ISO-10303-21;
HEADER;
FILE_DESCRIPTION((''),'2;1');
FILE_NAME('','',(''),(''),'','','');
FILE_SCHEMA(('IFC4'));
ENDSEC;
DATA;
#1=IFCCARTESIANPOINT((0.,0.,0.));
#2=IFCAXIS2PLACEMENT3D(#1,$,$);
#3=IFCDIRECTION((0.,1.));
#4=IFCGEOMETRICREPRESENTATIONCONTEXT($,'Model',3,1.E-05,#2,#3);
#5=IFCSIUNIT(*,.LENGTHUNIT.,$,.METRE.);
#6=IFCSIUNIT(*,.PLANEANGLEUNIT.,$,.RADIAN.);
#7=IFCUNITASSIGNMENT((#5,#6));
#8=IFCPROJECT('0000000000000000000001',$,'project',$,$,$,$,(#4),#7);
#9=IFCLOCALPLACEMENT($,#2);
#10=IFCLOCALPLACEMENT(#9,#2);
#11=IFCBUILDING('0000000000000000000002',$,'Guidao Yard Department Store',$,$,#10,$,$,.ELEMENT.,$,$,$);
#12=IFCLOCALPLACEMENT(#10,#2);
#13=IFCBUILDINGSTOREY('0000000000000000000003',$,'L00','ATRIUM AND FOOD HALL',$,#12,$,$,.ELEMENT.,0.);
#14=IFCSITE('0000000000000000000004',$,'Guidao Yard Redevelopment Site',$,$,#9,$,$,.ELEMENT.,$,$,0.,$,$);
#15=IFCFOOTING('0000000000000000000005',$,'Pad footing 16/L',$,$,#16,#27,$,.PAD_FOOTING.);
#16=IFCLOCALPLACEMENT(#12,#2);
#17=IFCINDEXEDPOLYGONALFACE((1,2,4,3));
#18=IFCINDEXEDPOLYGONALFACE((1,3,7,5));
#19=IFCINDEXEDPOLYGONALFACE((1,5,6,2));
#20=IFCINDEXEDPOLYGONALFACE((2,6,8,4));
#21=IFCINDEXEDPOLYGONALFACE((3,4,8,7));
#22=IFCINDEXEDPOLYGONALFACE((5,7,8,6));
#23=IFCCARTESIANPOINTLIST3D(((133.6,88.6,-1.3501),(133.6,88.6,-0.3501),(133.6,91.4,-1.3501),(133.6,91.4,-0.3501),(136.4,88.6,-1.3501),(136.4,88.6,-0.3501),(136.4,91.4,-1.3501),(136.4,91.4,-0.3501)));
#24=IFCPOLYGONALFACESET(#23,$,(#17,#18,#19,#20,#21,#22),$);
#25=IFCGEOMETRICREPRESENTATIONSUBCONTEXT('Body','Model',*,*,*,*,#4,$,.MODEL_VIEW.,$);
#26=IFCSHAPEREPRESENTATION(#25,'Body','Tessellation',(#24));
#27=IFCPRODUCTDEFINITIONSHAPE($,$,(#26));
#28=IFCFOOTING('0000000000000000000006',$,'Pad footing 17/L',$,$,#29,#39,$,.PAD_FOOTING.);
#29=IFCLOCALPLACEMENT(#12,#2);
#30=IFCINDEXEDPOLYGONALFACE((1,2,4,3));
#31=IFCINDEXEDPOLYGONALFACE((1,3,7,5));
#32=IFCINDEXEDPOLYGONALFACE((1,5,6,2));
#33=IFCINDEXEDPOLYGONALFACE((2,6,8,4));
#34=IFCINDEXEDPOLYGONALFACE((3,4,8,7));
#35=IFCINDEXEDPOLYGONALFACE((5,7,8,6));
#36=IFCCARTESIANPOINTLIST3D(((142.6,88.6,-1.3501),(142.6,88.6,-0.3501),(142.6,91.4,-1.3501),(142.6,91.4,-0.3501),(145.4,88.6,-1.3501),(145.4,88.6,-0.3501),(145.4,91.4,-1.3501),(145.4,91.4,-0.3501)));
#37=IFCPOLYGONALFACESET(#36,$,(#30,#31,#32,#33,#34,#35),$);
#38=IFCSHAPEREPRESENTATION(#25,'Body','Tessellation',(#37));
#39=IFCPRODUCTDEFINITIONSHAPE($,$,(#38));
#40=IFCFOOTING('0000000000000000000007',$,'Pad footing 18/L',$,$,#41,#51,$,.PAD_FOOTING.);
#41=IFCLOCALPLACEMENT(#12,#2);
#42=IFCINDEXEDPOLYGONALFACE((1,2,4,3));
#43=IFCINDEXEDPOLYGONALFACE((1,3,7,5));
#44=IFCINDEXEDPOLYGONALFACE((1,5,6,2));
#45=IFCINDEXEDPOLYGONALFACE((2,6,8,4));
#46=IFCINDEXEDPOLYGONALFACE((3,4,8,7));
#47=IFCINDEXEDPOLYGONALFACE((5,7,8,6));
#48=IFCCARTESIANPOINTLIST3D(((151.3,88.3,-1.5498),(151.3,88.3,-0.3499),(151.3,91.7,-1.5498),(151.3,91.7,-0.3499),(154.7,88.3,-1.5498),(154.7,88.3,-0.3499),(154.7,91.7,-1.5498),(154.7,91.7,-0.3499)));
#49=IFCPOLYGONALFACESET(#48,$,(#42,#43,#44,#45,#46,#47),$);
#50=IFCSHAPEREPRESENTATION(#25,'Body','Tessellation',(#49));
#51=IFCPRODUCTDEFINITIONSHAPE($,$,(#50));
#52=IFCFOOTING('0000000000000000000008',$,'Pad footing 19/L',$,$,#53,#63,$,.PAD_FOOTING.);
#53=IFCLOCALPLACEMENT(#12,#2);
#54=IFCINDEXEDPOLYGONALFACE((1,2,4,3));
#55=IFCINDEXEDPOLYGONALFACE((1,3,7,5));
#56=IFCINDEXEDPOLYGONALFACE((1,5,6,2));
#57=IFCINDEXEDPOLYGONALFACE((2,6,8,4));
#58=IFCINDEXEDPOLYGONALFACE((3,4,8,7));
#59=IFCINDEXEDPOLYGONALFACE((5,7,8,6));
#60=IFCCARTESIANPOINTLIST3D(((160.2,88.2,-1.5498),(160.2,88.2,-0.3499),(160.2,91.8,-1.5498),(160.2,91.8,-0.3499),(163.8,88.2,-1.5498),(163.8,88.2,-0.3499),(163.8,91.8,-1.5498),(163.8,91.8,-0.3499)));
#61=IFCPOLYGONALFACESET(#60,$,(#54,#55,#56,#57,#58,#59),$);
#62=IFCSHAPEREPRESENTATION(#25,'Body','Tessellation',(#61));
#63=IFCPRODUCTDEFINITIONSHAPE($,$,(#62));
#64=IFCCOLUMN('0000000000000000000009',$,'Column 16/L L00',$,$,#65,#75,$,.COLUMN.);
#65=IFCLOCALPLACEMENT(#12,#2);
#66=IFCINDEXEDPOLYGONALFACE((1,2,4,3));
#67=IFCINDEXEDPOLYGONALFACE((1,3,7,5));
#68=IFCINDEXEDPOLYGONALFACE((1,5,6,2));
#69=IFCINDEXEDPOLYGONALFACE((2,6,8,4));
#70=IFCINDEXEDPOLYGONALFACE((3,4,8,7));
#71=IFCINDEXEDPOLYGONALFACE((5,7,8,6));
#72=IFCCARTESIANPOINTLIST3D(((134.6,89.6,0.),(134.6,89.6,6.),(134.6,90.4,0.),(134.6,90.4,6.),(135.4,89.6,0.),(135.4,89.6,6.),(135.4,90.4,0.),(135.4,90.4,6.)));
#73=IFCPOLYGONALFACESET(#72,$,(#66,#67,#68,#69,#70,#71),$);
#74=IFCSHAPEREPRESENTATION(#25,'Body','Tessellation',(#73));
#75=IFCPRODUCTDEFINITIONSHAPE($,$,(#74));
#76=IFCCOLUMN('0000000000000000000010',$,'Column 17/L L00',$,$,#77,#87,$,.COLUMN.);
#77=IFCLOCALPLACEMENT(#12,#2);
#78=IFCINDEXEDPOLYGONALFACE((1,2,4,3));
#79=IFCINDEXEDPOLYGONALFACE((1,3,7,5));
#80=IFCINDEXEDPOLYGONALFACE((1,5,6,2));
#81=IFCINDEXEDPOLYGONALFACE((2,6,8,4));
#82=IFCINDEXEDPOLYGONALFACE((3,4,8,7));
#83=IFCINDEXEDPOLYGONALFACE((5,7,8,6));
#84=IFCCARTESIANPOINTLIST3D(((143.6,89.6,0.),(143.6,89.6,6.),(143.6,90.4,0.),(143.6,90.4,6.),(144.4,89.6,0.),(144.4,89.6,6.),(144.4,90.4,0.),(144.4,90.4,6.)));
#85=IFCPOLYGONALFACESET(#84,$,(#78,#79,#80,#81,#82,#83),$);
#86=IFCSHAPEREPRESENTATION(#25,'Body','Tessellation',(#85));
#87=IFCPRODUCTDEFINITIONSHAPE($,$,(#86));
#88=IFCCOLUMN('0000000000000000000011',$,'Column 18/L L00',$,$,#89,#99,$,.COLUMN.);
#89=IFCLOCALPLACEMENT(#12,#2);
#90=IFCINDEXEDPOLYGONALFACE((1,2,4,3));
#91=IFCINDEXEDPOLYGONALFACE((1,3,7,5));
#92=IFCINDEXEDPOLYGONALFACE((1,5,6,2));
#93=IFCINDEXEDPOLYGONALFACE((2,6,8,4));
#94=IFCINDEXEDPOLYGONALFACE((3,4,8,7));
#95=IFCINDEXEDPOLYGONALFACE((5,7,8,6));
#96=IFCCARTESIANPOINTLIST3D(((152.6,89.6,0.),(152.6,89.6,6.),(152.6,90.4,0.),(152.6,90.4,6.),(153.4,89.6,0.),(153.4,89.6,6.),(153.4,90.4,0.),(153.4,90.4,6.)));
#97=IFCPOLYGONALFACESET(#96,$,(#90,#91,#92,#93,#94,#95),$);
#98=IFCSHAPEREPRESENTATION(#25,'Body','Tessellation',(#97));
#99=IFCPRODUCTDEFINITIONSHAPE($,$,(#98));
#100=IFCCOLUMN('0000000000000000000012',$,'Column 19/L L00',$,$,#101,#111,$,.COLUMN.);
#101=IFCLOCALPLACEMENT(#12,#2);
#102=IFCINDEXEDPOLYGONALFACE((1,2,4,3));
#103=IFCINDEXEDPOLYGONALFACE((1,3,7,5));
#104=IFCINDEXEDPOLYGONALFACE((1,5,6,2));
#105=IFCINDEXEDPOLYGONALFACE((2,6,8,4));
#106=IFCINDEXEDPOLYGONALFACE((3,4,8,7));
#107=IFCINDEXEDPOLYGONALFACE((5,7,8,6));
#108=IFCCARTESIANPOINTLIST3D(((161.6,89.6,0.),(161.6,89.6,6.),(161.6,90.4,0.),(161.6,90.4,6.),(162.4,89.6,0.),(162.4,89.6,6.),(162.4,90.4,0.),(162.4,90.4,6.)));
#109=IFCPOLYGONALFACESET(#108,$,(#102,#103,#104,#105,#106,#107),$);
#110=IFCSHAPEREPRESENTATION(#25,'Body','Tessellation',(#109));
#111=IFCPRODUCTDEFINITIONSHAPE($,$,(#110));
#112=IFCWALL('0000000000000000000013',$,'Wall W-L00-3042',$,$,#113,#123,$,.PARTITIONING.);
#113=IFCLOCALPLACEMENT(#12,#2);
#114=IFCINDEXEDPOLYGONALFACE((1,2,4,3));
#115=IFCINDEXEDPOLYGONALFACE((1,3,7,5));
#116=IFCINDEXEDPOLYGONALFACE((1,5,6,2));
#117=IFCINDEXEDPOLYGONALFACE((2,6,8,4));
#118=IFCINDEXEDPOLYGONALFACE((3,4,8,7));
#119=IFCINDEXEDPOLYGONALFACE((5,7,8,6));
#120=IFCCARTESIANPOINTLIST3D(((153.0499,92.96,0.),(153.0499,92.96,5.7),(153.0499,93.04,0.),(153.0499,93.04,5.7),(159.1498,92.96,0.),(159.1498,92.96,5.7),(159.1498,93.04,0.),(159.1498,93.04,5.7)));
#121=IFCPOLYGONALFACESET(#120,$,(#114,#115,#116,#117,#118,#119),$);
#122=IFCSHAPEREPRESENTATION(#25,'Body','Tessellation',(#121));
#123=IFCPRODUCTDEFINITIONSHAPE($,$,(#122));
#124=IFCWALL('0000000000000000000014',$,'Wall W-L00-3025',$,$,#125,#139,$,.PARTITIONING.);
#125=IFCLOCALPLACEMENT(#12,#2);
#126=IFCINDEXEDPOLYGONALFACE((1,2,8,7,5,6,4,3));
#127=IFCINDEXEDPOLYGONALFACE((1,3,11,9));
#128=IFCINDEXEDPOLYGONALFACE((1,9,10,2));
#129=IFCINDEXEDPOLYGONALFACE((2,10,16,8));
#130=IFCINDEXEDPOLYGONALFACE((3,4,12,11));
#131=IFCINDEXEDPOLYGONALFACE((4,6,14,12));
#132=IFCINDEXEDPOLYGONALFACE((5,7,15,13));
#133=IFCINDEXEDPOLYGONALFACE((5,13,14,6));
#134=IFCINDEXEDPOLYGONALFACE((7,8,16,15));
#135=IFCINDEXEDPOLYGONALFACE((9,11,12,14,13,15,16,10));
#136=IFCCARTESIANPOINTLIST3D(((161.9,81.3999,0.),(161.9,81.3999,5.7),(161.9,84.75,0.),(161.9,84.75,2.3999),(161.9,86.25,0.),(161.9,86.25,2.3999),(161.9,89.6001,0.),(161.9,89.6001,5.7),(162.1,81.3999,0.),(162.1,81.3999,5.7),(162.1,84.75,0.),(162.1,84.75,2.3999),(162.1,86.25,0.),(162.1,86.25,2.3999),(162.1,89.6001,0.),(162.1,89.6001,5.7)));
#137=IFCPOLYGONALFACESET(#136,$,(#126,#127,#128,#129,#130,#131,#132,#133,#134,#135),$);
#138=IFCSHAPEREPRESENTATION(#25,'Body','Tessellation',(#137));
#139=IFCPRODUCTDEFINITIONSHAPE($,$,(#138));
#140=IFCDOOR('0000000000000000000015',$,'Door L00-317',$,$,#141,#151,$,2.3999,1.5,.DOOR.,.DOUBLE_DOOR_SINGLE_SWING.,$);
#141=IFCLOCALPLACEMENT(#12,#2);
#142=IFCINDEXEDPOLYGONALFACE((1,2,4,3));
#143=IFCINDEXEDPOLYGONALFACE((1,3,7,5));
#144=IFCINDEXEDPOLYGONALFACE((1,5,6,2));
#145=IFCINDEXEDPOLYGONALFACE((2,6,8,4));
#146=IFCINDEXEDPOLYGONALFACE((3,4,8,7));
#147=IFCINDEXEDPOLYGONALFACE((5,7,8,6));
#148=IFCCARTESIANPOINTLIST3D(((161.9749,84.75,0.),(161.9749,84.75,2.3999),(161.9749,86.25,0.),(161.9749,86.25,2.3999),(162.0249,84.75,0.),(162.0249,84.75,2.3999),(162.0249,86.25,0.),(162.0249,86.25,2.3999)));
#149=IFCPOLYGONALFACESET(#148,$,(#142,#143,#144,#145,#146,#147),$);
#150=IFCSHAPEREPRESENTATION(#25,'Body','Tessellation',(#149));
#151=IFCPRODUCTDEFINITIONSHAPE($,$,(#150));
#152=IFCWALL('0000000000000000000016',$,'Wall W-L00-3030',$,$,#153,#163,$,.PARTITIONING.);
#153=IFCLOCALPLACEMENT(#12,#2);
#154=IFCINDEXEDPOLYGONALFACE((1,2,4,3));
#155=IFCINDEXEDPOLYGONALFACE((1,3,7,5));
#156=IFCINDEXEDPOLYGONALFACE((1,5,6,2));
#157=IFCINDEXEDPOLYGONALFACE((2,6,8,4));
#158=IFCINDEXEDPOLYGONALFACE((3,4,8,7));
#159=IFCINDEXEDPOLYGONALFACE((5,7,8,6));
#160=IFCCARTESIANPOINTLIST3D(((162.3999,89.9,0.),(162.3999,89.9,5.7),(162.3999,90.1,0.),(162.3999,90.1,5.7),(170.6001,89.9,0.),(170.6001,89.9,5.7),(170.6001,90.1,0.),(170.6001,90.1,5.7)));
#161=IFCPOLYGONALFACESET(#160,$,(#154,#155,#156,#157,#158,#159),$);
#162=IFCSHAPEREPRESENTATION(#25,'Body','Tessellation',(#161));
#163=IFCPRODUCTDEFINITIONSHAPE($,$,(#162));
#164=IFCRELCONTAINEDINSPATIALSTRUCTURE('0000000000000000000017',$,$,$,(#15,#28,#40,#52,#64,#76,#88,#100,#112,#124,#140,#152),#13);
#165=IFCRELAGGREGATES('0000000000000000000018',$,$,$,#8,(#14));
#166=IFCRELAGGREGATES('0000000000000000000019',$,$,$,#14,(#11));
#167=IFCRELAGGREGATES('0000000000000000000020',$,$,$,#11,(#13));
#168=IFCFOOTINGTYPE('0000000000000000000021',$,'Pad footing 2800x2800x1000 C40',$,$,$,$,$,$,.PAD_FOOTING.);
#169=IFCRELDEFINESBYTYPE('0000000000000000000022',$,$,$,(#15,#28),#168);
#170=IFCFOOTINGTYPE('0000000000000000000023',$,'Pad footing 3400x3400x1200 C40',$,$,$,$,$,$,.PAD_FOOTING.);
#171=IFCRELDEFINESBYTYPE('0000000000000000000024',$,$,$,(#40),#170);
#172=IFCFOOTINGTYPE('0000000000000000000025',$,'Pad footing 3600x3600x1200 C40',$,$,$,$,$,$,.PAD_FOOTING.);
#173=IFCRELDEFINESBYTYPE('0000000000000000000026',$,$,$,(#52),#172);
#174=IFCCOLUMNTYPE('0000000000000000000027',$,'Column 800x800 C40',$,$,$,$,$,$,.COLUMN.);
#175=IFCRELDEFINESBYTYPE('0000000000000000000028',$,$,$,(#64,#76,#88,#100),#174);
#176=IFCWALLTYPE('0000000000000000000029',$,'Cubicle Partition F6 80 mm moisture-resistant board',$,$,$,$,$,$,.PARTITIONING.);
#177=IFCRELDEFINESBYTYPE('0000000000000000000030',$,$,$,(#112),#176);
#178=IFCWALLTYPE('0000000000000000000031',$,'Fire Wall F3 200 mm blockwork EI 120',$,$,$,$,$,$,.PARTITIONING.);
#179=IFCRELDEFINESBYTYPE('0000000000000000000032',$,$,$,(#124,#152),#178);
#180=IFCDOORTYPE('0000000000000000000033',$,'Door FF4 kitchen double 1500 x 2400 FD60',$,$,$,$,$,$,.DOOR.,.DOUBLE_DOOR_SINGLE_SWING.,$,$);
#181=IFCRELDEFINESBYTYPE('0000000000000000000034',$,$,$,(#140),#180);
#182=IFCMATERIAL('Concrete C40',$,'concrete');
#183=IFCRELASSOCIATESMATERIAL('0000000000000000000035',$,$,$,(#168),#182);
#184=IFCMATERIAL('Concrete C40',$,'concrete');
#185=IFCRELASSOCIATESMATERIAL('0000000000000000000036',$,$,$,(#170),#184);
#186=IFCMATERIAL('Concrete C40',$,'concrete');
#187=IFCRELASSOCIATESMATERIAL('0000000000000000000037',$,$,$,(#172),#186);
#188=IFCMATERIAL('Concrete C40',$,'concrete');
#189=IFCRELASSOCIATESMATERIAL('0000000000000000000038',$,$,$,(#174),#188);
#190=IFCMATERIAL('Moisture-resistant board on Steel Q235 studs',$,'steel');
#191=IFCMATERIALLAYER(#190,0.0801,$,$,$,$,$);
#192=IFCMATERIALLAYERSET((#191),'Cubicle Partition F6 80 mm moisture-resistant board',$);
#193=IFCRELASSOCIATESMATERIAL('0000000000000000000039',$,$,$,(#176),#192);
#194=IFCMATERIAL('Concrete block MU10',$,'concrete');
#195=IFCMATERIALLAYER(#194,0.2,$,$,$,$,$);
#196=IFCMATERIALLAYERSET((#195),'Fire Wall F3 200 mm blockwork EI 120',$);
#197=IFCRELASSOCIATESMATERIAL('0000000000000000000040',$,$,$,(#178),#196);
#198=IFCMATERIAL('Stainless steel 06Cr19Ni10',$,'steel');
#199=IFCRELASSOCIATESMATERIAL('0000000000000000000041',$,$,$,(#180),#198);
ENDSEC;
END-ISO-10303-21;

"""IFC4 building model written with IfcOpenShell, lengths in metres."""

from ifc_helpers import new_model, si_unit, direction, frame, frame_2d, origin, origin_2d, place, context, subcontext, project, spatial, rectangle, extrude, material, layer, layer_set, material_profile, profile_set, type_object, element, fill, save


model = new_model("IFC4")

# Units and contexts
model_context = context("Model", 3, precision=1e-05, world=origin(), true_north=direction((0.0, 1.0)))
body_context = subcontext(model_context, "Body", "Model", "MODEL_VIEW")
ifc_project = project(units=[si_unit("LENGTHUNIT", "METRE"), si_unit("PLANEANGLEUNIT", "RADIAN")], contexts=[model_context])

# Site, building, storey
site_placement = place(None, origin())
site = spatial("IfcSite", under=ifc_project, at=site_placement, Name="Guidao Yard Redevelopment Site", CompositionType="ELEMENT", RefElevation=0.0)
building_placement = place(site_placement, origin())
building = spatial("IfcBuilding", under=site, at=building_placement, Name="Guidao Yard Department Store", CompositionType="ELEMENT")
storey_placement = place(building_placement, origin())
storey = spatial("IfcBuildingStorey", under=building, at=storey_placement, Name="L00", Description="ATRIUM AND FOOD HALL", CompositionType="ELEMENT", Elevation=0.0)

# Footings
ifc_material_1 = material(Name="Concrete C40", Category="concrete")
footing_type_1 = type_object("IfcFootingType", Name="Pad footing 2800x2800x1000 C40", PredefinedType="PAD_FOOTING", material=ifc_material_1)
for number, where, z_axis, x_axis, name in (
    (1, (135.0, 90.0, -1.3501), (0.0, 0.0, 1.0), (1.0, 0.0, 0.0), "Pad footing 16/L"),
    (2, (144.0, 90.0, -1.3501), (0.0, 0.0, 1.0), (1.0, 0.0, 0.0), "Pad footing 17/L"),
):
    element("IfcFooting", number, at=place(storey_placement, frame(where, z_axis=z_axis, x_axis=x_axis)), inside=storey, type_object=footing_type_1, Name=name, PredefinedType="PAD_FOOTING", context=body_context, shape_type="SweptSolid", body=[
        extrude(rectangle(XDim=2.8, YDim=2.8, at=origin_2d()), origin(), (0.0, 0.0, 1.0), 1.0),
    ])
ifc_material_2 = material(Name="Concrete C40", Category="concrete")
footing_type_2 = type_object("IfcFootingType", Name="Pad footing 3400x3400x1200 C40", PredefinedType="PAD_FOOTING", material=ifc_material_2)
footing_1_placement = place(storey_placement, frame((153.0, 90.0, -1.5498), z_axis=(0.0, 0.0, 1.0), x_axis=(1.0, 0.0, 0.0)))
element("IfcFooting", 3, at=footing_1_placement, inside=storey, type_object=footing_type_2, Name="Pad footing 18/L", PredefinedType="PAD_FOOTING", context=body_context, shape_type="SweptSolid", body=[
    extrude(rectangle(XDim=3.3999, YDim=3.3999, at=origin_2d()), origin(), (0.0, 0.0, 1.0), 1.2),
])
ifc_material_3 = material(Name="Concrete C40", Category="concrete")
footing_type_3 = type_object("IfcFootingType", Name="Pad footing 3600x3600x1200 C40", PredefinedType="PAD_FOOTING", material=ifc_material_3)
footing_2_placement = place(storey_placement, frame((162.0, 90.0, -1.5498), z_axis=(0.0, 0.0, 1.0), x_axis=(1.0, 0.0, 0.0)))
element("IfcFooting", 4, at=footing_2_placement, inside=storey, type_object=footing_type_3, Name="Pad footing 19/L", PredefinedType="PAD_FOOTING", context=body_context, shape_type="SweptSolid", body=[
    extrude(rectangle(XDim=3.6001, YDim=3.6001, at=origin_2d()), origin(), (0.0, 0.0, 1.0), 1.2),
])

# Columns
ifc_material_4 = material(Name="Concrete C40", Category="concrete")
ifc_material_profile = material_profile(ifc_material_4, rectangle(XDim=0.8, YDim=0.8, at=origin_2d()), Name="COL 800x800")
ifc_profile_set = profile_set([ifc_material_profile], Name="Concrete C40")
column_type = type_object("IfcColumnType", Name="Column 800x800 C40", PredefinedType="COLUMN", material=ifc_profile_set)
for number, where, z_axis, x_axis, name in (
    (5, (135.0, 90.0, 0.0), (0.0, 0.0, 1.0), (1.0, 0.0, 0.0), "Column 16/L L00"),
    (6, (144.0, 90.0, 0.0), (0.0, 0.0, 1.0), (1.0, 0.0, 0.0), "Column 17/L L00"),
    (7, (153.0, 90.0, 0.0), (0.0, 0.0, 1.0), (1.0, 0.0, 0.0), "Column 18/L L00"),
    (8, (162.0, 90.0, 0.0), (0.0, 0.0, 1.0), (1.0, 0.0, 0.0), "Column 19/L L00"),
):
    element("IfcColumn", number, at=place(storey_placement, frame(where, z_axis=z_axis, x_axis=x_axis)), inside=storey, type_object=column_type, Name=name, PredefinedType="COLUMN", context=body_context, shape_type="SweptSolid", body=[
        extrude(rectangle(XDim=0.8, YDim=0.8, at=origin_2d()), origin(), (0.0, 0.0, 1.0), 6.0),
    ])

# Wall
ifc_material_5 = material(Name="Moisture-resistant board on Steel Q235 studs", Category="steel")
ifc_layer_1 = layer(ifc_material_5, 0.0801)
ifc_layer_set_1 = layer_set([ifc_layer_1], Name="Cubicle Partition F6 80 mm moisture-resistant board")
wall_type_1 = type_object("IfcWallType", Name="Cubicle Partition F6 80 mm moisture-resistant board", PredefinedType="PARTITIONING", material=ifc_layer_set_1)
wall_1_placement = place(storey_placement, frame((153.05, 93.0, 0.0), z_axis=(0.0, 0.0, 1.0), x_axis=(1.0, 0.0, 0.0)))
element("IfcWall", 9, at=wall_1_placement, inside=storey, type_object=wall_type_1, Name="Wall W-L00-3042", PredefinedType="PARTITIONING", context=body_context, shape_type="SweptSolid", body=[
    extrude(rectangle(XDim=6.0999, YDim=0.0801, at=frame_2d((3.0498, 0.0))), origin(), (0.0, 0.0, 1.0), 5.7),
])

# Wall, opening, door
ifc_material_6 = material(Name="Concrete block MU10", Category="concrete")
ifc_layer_2 = layer(ifc_material_6, 0.2)
ifc_layer_set_2 = layer_set([ifc_layer_2], Name="Fire Wall F3 200 mm blockwork EI 120")
wall_type_2 = type_object("IfcWallType", Name="Fire Wall F3 200 mm blockwork EI 120", PredefinedType="PARTITIONING", material=ifc_layer_set_2)
wall_2_placement = place(storey_placement, frame((162.0, 81.3999, 0.0), z_axis=(0.0, 0.0, 1.0), x_axis=(0.0, 1.0, 0.0)))
wall_2 = element("IfcWall", 10, at=wall_2_placement, inside=storey, type_object=wall_type_2, Name="Wall W-L00-3025", PredefinedType="PARTITIONING", context=body_context, shape_type="SweptSolid", body=[
    extrude(rectangle(XDim=8.2002, YDim=0.2, at=frame_2d((4.1001, 0.0))), origin(), (0.0, 0.0, 1.0), 5.7),
])
opening_1_placement = place(wall_2_placement, frame((4.8501, 0.0, 0.0), z_axis=(0.0, 0.0, 1.0), x_axis=(-1.0, 0.0, 0.0)))
opening_1 = element("IfcOpeningElement", 11, at=opening_1_placement, cuts=wall_2, PredefinedType="OPENING", context=body_context, shape_type="SweptSolid", body=[
    extrude(rectangle(XDim=1.5, YDim=2.3999, at=frame_2d((0.75, 1.2))), frame((0.0, 0.1099, 0.0), z_axis=(0.0, -1.0, 0.0), x_axis=(1.0, 0.0, 0.0)), (0.0, 0.0, 1.0), 0.22),
])
ifc_material_7 = material(Name="Stainless steel 06Cr19Ni10", Category="steel")
door_type_1 = type_object("IfcDoorType", Name="Door FF4 kitchen double 1500 x 2400 FD60", OperationType="DOUBLE_DOOR_SINGLE_SWING", PredefinedType="DOOR", material=ifc_material_7)
door_1_placement = place(opening_1_placement, origin())
door_1 = element("IfcDoor", 12, at=door_1_placement, inside=storey, type_object=door_type_1, Name="Door L00-317", OperationType="DOUBLE_DOOR_SINGLE_SWING", OverallHeight=2.3999, OverallWidth=1.5, PredefinedType="DOOR", context=body_context, shape_type="SweptSolid", body=[
    extrude(rectangle(XDim=1.5, YDim=2.3999, at=frame_2d((0.75, 1.2))), frame((0.0, 0.0249, 0.0), z_axis=(0.0, -1.0, 0.0), x_axis=(1.0, 0.0, 0.0)), (0.0, 0.0, 1.0), 0.05),
])
fill(opening_1, door_1)

# Wall
wall_3_placement = place(storey_placement, frame((162.3999, 90.0, 0.0), z_axis=(0.0, 0.0, 1.0), x_axis=(1.0, 0.0, 0.0)))
element("IfcWall", 13, at=wall_3_placement, inside=storey, type_object=wall_type_2, Name="Wall W-L00-3030", PredefinedType="PARTITIONING", context=body_context, shape_type="SweptSolid", body=[
    extrude(rectangle(XDim=8.2002, YDim=0.2, at=frame_2d((4.1001, 0.0))), origin(), (0.0, 0.0, 1.0), 5.7),
])

save(model, "model.ifc")
